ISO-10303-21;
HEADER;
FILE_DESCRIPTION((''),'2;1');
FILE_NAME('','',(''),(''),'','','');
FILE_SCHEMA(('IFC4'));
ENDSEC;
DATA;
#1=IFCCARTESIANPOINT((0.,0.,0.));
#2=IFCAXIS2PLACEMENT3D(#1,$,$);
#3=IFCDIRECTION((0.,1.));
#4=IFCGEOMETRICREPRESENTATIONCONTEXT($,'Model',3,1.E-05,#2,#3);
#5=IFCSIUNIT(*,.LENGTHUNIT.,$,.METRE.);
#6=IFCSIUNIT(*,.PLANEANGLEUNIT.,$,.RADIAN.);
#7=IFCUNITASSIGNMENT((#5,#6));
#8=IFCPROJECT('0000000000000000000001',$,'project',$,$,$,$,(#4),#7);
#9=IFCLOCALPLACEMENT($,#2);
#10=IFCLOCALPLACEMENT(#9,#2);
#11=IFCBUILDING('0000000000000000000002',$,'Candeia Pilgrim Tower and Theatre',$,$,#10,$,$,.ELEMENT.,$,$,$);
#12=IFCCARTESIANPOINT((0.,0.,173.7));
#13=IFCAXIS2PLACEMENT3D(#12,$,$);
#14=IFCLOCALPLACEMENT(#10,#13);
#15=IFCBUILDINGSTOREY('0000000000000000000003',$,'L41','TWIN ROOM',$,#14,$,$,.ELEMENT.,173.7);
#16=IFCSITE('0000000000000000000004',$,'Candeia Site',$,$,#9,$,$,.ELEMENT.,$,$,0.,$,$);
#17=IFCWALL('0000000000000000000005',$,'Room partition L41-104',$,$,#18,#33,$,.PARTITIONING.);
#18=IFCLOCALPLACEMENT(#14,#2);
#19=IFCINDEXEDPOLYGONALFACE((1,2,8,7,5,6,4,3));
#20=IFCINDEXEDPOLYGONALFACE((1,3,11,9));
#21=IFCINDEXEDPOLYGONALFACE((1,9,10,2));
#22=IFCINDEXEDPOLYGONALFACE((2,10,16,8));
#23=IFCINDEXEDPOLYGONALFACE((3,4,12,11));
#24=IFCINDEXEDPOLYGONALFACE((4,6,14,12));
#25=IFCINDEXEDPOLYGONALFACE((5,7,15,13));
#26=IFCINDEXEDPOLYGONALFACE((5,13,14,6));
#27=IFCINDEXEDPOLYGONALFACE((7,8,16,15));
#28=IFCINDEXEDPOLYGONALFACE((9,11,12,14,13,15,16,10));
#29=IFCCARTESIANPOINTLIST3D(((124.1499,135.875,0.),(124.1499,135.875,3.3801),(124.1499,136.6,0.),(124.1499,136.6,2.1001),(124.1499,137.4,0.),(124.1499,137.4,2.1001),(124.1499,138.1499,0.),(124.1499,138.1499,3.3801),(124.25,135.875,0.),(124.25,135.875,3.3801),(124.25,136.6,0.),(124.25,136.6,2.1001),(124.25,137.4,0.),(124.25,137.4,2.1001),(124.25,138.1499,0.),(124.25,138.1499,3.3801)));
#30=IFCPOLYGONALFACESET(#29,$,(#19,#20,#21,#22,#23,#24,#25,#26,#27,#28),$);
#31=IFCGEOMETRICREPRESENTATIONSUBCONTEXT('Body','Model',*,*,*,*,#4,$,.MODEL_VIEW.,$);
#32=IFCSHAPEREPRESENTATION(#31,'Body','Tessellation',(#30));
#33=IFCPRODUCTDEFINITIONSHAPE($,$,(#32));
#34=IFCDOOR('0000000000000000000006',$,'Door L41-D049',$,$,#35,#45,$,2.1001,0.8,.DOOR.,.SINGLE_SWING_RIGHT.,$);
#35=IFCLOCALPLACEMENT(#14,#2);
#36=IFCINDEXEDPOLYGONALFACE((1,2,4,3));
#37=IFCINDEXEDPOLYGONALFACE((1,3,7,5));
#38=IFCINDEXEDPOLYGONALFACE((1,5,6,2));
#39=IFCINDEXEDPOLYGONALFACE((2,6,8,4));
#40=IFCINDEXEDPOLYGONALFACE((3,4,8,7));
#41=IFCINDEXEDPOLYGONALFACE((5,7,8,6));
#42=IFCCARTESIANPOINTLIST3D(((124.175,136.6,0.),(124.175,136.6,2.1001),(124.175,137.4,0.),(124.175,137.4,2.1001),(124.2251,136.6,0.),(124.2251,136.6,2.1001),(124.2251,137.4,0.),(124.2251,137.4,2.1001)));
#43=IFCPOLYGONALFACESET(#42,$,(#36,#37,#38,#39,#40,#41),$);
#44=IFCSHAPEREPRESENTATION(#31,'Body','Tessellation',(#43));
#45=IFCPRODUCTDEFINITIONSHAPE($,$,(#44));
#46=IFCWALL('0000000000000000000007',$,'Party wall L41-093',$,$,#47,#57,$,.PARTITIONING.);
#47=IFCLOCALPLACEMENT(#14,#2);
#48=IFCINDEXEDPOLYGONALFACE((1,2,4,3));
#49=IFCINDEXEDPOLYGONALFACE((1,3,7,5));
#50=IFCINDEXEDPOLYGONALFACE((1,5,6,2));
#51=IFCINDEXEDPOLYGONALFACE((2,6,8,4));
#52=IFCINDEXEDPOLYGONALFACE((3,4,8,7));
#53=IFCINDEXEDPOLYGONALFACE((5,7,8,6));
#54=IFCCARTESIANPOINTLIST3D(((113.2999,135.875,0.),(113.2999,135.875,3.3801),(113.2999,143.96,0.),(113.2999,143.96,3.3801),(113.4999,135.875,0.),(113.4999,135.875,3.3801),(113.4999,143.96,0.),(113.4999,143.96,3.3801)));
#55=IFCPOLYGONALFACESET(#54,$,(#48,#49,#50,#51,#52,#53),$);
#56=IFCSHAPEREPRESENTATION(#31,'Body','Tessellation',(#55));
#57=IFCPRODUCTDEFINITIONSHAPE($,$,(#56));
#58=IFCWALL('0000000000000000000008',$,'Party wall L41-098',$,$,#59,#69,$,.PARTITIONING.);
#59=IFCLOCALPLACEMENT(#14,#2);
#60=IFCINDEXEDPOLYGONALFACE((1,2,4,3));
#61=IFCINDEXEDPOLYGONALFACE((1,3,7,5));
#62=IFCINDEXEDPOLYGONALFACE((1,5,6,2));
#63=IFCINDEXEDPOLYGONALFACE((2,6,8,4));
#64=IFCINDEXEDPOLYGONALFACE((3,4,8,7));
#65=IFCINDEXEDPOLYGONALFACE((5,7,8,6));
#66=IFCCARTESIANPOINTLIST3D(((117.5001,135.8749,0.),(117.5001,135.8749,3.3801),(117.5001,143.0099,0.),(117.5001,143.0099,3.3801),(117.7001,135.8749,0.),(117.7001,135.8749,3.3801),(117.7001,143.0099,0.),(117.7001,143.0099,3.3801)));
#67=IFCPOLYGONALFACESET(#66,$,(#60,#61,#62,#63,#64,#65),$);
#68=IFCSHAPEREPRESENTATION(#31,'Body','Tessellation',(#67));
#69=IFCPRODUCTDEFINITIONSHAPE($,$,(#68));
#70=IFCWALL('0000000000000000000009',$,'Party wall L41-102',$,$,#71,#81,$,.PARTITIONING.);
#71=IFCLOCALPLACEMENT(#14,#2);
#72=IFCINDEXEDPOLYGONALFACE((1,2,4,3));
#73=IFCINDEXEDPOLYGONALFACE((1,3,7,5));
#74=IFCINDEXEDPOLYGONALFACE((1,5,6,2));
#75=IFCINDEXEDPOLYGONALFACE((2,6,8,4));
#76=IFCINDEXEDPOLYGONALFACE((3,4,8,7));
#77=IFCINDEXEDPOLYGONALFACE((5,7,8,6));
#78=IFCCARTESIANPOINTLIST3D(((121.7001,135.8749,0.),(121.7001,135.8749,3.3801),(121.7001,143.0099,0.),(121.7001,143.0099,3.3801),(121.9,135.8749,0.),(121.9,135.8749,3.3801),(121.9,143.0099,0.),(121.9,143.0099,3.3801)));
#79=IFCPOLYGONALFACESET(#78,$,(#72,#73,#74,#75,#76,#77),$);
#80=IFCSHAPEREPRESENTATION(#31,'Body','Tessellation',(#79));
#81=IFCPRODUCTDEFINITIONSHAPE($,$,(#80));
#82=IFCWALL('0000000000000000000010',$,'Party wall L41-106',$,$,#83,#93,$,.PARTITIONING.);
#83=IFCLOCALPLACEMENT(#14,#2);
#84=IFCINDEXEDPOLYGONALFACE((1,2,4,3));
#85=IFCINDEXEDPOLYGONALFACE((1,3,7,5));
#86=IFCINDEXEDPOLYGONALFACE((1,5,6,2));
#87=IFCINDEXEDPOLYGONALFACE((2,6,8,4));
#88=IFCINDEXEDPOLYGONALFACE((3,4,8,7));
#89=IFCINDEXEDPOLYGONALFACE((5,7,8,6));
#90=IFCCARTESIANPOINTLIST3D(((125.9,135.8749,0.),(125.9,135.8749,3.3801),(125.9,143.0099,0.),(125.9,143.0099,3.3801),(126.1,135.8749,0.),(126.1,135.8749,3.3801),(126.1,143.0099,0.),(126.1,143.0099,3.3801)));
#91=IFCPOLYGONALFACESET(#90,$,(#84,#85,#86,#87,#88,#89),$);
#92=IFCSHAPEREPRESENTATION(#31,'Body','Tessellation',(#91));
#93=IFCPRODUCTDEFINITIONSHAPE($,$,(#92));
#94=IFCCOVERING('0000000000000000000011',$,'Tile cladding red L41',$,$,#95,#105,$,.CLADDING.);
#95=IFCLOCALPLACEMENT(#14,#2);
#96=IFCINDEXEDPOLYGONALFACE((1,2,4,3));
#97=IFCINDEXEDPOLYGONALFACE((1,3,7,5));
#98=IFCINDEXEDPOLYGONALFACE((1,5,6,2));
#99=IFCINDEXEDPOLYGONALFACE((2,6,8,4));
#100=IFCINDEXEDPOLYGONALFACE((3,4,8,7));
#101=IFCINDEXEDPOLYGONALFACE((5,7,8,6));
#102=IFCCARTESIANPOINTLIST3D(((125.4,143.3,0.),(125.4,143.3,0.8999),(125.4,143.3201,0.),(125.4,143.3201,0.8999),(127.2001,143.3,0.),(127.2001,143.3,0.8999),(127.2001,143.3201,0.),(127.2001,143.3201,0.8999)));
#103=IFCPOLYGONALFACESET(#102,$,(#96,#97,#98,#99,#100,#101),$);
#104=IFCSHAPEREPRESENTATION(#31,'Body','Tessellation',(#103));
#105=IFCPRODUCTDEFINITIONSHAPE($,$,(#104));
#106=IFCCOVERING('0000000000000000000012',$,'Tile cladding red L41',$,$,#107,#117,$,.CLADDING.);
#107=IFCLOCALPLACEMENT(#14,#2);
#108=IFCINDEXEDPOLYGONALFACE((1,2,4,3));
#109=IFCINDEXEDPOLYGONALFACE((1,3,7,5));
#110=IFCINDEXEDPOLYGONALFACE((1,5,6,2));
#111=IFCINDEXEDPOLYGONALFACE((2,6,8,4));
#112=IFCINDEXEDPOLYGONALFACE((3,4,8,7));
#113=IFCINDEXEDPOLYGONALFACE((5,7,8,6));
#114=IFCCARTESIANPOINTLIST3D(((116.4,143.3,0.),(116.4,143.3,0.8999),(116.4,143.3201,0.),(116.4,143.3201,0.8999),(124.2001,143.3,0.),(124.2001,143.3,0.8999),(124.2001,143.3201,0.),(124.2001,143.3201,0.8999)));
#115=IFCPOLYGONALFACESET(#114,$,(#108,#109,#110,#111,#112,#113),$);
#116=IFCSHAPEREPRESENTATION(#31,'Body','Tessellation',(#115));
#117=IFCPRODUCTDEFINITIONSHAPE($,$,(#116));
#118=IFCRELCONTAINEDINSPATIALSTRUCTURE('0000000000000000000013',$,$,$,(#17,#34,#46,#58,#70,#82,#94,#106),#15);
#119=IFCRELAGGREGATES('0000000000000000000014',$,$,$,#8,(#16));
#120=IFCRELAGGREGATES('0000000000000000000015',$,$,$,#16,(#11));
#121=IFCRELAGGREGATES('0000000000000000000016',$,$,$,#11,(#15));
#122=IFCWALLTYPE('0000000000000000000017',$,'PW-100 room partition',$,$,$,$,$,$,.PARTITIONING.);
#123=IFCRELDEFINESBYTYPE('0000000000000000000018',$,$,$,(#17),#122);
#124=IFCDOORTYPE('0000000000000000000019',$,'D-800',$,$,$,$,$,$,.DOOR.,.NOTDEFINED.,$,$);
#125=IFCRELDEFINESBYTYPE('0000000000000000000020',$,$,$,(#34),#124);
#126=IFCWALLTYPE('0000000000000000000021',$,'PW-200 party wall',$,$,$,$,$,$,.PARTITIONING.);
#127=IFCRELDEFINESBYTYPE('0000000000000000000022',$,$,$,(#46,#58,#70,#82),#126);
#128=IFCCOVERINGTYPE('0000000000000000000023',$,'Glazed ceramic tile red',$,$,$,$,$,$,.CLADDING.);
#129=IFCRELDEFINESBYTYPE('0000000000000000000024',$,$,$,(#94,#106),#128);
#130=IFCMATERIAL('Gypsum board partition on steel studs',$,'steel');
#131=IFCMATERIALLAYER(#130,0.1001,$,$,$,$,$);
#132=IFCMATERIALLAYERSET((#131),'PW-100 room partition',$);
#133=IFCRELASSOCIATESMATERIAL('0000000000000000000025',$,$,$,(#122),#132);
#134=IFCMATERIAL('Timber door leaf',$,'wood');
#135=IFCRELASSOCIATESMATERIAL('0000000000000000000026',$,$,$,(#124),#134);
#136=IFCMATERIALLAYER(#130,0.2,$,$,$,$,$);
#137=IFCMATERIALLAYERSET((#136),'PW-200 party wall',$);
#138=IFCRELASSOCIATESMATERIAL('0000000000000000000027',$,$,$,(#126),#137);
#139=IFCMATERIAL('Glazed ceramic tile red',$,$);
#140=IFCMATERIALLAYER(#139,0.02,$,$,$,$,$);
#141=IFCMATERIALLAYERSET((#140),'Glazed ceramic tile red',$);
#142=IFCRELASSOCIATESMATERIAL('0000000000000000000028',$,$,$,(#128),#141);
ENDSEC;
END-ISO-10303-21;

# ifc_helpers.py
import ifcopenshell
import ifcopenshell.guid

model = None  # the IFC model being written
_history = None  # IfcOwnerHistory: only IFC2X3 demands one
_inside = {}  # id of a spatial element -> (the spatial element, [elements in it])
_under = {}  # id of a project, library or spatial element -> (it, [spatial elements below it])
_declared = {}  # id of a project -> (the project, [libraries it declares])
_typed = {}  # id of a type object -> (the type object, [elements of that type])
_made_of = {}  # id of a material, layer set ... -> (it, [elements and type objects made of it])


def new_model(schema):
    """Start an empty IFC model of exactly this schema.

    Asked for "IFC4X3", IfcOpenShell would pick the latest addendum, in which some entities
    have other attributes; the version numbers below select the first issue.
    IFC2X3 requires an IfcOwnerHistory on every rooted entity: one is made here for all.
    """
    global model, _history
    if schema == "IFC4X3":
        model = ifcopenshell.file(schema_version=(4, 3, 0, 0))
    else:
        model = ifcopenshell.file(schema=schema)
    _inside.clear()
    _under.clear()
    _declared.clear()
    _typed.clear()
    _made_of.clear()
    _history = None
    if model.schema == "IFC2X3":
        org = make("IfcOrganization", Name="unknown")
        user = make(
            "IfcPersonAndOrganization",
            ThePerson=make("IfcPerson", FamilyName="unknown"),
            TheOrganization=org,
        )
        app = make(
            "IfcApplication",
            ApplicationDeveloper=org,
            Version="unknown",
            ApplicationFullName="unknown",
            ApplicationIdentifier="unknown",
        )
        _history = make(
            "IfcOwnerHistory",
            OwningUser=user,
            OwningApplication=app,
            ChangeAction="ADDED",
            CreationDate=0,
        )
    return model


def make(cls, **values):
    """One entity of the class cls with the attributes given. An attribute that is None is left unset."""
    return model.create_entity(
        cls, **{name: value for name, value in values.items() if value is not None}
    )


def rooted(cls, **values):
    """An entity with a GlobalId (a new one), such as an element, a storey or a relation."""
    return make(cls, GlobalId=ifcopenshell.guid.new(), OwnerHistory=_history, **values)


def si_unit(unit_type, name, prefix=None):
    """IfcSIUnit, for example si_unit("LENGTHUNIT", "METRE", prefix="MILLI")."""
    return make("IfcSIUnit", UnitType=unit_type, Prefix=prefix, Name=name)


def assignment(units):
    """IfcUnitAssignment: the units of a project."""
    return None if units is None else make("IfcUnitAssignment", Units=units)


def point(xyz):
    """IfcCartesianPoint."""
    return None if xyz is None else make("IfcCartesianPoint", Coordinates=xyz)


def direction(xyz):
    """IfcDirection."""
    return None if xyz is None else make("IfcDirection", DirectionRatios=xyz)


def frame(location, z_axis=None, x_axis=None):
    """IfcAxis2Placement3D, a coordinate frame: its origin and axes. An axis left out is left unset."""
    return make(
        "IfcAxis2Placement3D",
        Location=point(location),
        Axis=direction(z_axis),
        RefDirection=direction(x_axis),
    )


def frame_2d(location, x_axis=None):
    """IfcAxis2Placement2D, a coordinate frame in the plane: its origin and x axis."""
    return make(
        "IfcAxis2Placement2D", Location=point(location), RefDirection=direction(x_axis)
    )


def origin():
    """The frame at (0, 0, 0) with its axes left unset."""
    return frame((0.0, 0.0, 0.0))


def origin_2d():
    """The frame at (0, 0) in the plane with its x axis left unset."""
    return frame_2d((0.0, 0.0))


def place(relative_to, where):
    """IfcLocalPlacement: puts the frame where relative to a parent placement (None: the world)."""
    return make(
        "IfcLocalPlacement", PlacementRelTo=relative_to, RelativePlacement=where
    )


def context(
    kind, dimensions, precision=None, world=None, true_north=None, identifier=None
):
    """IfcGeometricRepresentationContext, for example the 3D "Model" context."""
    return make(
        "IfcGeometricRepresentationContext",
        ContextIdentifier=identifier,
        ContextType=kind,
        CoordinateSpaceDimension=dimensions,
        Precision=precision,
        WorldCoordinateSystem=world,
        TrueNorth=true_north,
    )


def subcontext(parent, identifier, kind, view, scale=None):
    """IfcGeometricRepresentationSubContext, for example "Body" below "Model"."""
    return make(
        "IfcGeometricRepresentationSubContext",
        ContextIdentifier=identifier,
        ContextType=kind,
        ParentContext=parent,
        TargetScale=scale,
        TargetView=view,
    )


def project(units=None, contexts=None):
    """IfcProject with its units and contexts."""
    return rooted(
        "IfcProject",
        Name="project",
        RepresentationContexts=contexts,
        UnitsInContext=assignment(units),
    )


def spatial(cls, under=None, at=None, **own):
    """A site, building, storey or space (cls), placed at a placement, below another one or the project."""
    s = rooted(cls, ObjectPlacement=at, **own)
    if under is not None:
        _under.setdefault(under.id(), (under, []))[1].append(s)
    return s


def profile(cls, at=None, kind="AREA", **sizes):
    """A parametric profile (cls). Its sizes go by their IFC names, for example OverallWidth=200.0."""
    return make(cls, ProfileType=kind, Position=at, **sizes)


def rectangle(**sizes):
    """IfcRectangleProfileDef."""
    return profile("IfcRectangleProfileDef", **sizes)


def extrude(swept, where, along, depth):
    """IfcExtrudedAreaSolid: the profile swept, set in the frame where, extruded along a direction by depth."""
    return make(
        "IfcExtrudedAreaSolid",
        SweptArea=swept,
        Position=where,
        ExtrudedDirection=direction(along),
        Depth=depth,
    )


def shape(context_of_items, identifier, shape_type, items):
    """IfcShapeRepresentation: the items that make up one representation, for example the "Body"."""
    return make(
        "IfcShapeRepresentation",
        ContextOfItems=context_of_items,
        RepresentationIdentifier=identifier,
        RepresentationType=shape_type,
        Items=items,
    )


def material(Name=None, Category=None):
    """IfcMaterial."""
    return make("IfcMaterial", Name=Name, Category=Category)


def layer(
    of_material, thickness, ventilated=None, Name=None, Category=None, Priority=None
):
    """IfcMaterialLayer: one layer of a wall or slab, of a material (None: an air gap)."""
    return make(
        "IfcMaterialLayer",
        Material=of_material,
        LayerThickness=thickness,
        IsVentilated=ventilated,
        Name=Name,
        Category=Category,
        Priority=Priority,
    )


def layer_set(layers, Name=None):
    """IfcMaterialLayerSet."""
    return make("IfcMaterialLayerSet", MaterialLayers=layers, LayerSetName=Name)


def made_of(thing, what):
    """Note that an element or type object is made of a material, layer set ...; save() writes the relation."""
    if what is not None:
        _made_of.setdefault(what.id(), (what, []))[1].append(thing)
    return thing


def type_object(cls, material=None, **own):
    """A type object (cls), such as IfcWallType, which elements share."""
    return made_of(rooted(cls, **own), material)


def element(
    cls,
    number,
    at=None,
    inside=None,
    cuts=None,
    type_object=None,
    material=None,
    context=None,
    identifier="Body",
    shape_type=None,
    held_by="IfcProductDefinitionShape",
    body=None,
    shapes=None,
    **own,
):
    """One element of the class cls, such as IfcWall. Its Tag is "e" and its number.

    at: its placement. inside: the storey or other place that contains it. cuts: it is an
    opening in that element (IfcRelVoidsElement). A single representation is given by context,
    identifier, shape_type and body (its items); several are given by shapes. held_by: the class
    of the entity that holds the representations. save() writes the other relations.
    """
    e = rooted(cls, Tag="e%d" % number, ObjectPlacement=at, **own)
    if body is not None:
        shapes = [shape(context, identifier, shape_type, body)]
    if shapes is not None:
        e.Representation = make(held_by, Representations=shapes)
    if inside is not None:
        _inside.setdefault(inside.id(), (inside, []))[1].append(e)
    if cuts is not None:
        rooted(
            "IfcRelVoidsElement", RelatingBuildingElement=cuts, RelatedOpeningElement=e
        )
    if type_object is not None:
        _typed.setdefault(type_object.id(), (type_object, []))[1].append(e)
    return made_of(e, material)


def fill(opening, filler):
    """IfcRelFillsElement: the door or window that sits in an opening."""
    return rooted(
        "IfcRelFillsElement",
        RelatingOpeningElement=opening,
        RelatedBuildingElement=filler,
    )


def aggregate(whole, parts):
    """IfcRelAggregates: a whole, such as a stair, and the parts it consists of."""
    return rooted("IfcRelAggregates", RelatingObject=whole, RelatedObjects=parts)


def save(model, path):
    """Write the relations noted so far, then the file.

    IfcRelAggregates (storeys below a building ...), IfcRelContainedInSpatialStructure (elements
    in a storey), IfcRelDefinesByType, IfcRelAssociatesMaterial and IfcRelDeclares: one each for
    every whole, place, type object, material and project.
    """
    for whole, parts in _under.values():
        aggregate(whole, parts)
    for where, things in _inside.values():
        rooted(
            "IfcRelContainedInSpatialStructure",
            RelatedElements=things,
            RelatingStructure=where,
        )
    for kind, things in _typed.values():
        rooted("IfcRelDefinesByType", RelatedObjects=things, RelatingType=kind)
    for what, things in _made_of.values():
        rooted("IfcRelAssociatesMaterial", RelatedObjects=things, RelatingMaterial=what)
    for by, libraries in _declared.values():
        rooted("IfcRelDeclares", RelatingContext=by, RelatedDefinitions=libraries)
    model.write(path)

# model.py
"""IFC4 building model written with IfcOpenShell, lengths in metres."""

from ifc_helpers import new_model, si_unit, direction, frame, frame_2d, origin, origin_2d, place, context, subcontext, project, spatial, rectangle, extrude, material, layer, layer_set, type_object, element, fill, save


model = new_model("IFC4")

# Units and contexts
model_context = context("Model", 3, precision=1e-05, world=origin(), true_north=direction((0.0, 1.0)))
body_context = subcontext(model_context, "Body", "Model", "MODEL_VIEW")
ifc_project = project(units=[si_unit("LENGTHUNIT", "METRE"), si_unit("PLANEANGLEUNIT", "RADIAN")], contexts=[model_context])

# Site, building, storey
site_placement = place(None, origin())
site = spatial("IfcSite", under=ifc_project, at=site_placement, Name="Candeia Site", CompositionType="ELEMENT", RefElevation=0.0)
building_placement = place(site_placement, origin())
building = spatial("IfcBuilding", under=site, at=building_placement, Name="Candeia Pilgrim Tower and Theatre", CompositionType="ELEMENT")
storey_placement = place(building_placement, frame((0.0, 0.0, 173.7)))
storey = spatial("IfcBuildingStorey", under=building, at=storey_placement, Name="L41", Description="TWIN ROOM", CompositionType="ELEMENT", Elevation=173.7)

# Shared definitions
ifc_material_1 = material(Name="Gypsum board partition on steel studs", Category="steel")
ifc_layer_1 = layer(ifc_material_1, 0.1001)
ifc_layer_set_1 = layer_set([ifc_layer_1], Name="PW-100 room partition")
wall_type_1 = type_object("IfcWallType", Name="PW-100 room partition", PredefinedType="PARTITIONING", material=ifc_layer_set_1)

# Wall, opening, door
ifc_material_2 = material(Name="Timber door leaf", Category="wood")
door_type_1 = type_object("IfcDoorType", Name="D-800", OperationType="NOTDEFINED", PredefinedType="DOOR", material=ifc_material_2)
wall_1_placement = place(storey_placement, frame((124.2, 135.875, 0.0), z_axis=(0.0, 0.0, 1.0), x_axis=(0.0, 1.0, 0.0)))
wall_1 = element("IfcWall", 1, at=wall_1_placement, inside=storey, type_object=wall_type_1, Name="Room partition L41-104", PredefinedType="PARTITIONING", context=body_context, shape_type="SweptSolid", body=[
    extrude(rectangle(XDim=2.2749, YDim=0.1001, at=frame_2d((1.1375, 0.0))), origin(), (0.0, 0.0, 1.0), 3.3801),
])
opening_1_placement = place(wall_1_placement, frame((0.7251, 0.0, 0.0)))
opening_1 = element("IfcOpeningElement", 2, at=opening_1_placement, cuts=wall_1, PredefinedType="OPENING", context=body_context, shape_type="SweptSolid", body=[
    extrude(rectangle(XDim=0.8, YDim=2.1001, at=frame_2d((0.3999, 1.05))), frame((0.0, 0.0601, 0.0), z_axis=(0.0, -1.0, 0.0), x_axis=(1.0, 0.0, 0.0)), (0.0, 0.0, 1.0), 0.1201),
])
door_1_placement = place(opening_1_placement, origin())
door_1 = element("IfcDoor", 3, at=door_1_placement, inside=storey, type_object=door_type_1, Name="Door L41-D049", OperationType="SINGLE_SWING_RIGHT", OverallHeight=2.1001, OverallWidth=0.8, PredefinedType="DOOR", context=body_context, shape_type="SweptSolid", body=[
    extrude(rectangle(XDim=0.8, YDim=2.1001, at=frame_2d((0.3999, 1.05))), frame((0.0, 0.0249, 0.0), z_axis=(0.0, -1.0, 0.0), x_axis=(1.0, 0.0, 0.0)), (0.0, 0.0, 1.0), 0.05),
])
fill(opening_1, door_1)

# Walls
ifc_layer_2 = layer(ifc_material_1, 0.2)
ifc_layer_set_2 = layer_set([ifc_layer_2], Name="PW-200 party wall")
wall_type_2 = type_object("IfcWallType", Name="PW-200 party wall", PredefinedType="PARTITIONING", material=ifc_layer_set_2)
wall_2_placement = place(storey_placement, frame((113.3999, 135.875, 0.0), z_axis=(0.0, 0.0, 1.0), x_axis=(0.0, 1.0, 0.0)))
element("IfcWall", 4, at=wall_2_placement, inside=storey, type_object=wall_type_2, Name="Party wall L41-093", PredefinedType="PARTITIONING", context=body_context, shape_type="SweptSolid", body=[
    extrude(rectangle(XDim=8.085, YDim=0.2, at=frame_2d((4.0425, 0.0))), origin(), (0.0, 0.0, 1.0), 3.3801),
])
for number, where, z_axis, x_axis, name in (
    (5, (117.6001, 135.875, 0.0), (0.0, 0.0, 1.0), (0.0, 1.0, 0.0), "Party wall L41-098"),
    (6, (121.8, 135.875, 0.0), (0.0, 0.0, 1.0), (0.0, 1.0, 0.0), "Party wall L41-102"),
    (7, (126.0, 135.875, 0.0), (0.0, 0.0, 1.0), (0.0, 1.0, 0.0), "Party wall L41-106"),
):
    element("IfcWall", number, at=place(storey_placement, frame(where, z_axis=z_axis, x_axis=x_axis)), inside=storey, type_object=wall_type_2, Name=name, PredefinedType="PARTITIONING", context=body_context, shape_type="SweptSolid", body=[
        extrude(rectangle(XDim=7.135, YDim=0.2, at=frame_2d((3.5674, 0.0))), origin(), (0.0, 0.0, 1.0), 3.3801),
    ])

# Coverings
ifc_material_3 = material(Name="Glazed ceramic tile red")
ifc_layer_3 = layer(ifc_material_3, 0.02)
ifc_layer_set_3 = layer_set([ifc_layer_3], Name="Glazed ceramic tile red")
covering_type = type_object("IfcCoveringType", Name="Glazed ceramic tile red", PredefinedType="CLADDING", material=ifc_layer_set_3)
covering_1_placement = place(storey_placement, frame((126.3, 143.3101, 0.0), z_axis=(0.0, 0.0, 1.0), x_axis=(-1.0, 0.0, 0.0)))
element("IfcCovering", 8, at=covering_1_placement, inside=storey, type_object=covering_type, Name="Tile cladding red L41", PredefinedType="CLADDING", context=body_context, shape_type="SweptSolid", body=[
    extrude(rectangle(XDim=1.8, YDim=0.02, at=origin_2d()), origin(), (0.0, 0.0, 1.0), 0.8999),
])
covering_2_placement = place(storey_placement, frame((120.3, 143.3101, 0.0), z_axis=(0.0, 0.0, 1.0), x_axis=(-1.0, 0.0, 0.0)))
element("IfcCovering", 9, at=covering_2_placement, inside=storey, type_object=covering_type, Name="Tile cladding red L41", PredefinedType="CLADDING", context=body_context, shape_type="SweptSolid", body=[
    extrude(rectangle(XDim=7.8, YDim=0.02, at=origin_2d()), origin(), (0.0, 0.0, 1.0), 0.8999),
])

save(model, "model.ifc")
